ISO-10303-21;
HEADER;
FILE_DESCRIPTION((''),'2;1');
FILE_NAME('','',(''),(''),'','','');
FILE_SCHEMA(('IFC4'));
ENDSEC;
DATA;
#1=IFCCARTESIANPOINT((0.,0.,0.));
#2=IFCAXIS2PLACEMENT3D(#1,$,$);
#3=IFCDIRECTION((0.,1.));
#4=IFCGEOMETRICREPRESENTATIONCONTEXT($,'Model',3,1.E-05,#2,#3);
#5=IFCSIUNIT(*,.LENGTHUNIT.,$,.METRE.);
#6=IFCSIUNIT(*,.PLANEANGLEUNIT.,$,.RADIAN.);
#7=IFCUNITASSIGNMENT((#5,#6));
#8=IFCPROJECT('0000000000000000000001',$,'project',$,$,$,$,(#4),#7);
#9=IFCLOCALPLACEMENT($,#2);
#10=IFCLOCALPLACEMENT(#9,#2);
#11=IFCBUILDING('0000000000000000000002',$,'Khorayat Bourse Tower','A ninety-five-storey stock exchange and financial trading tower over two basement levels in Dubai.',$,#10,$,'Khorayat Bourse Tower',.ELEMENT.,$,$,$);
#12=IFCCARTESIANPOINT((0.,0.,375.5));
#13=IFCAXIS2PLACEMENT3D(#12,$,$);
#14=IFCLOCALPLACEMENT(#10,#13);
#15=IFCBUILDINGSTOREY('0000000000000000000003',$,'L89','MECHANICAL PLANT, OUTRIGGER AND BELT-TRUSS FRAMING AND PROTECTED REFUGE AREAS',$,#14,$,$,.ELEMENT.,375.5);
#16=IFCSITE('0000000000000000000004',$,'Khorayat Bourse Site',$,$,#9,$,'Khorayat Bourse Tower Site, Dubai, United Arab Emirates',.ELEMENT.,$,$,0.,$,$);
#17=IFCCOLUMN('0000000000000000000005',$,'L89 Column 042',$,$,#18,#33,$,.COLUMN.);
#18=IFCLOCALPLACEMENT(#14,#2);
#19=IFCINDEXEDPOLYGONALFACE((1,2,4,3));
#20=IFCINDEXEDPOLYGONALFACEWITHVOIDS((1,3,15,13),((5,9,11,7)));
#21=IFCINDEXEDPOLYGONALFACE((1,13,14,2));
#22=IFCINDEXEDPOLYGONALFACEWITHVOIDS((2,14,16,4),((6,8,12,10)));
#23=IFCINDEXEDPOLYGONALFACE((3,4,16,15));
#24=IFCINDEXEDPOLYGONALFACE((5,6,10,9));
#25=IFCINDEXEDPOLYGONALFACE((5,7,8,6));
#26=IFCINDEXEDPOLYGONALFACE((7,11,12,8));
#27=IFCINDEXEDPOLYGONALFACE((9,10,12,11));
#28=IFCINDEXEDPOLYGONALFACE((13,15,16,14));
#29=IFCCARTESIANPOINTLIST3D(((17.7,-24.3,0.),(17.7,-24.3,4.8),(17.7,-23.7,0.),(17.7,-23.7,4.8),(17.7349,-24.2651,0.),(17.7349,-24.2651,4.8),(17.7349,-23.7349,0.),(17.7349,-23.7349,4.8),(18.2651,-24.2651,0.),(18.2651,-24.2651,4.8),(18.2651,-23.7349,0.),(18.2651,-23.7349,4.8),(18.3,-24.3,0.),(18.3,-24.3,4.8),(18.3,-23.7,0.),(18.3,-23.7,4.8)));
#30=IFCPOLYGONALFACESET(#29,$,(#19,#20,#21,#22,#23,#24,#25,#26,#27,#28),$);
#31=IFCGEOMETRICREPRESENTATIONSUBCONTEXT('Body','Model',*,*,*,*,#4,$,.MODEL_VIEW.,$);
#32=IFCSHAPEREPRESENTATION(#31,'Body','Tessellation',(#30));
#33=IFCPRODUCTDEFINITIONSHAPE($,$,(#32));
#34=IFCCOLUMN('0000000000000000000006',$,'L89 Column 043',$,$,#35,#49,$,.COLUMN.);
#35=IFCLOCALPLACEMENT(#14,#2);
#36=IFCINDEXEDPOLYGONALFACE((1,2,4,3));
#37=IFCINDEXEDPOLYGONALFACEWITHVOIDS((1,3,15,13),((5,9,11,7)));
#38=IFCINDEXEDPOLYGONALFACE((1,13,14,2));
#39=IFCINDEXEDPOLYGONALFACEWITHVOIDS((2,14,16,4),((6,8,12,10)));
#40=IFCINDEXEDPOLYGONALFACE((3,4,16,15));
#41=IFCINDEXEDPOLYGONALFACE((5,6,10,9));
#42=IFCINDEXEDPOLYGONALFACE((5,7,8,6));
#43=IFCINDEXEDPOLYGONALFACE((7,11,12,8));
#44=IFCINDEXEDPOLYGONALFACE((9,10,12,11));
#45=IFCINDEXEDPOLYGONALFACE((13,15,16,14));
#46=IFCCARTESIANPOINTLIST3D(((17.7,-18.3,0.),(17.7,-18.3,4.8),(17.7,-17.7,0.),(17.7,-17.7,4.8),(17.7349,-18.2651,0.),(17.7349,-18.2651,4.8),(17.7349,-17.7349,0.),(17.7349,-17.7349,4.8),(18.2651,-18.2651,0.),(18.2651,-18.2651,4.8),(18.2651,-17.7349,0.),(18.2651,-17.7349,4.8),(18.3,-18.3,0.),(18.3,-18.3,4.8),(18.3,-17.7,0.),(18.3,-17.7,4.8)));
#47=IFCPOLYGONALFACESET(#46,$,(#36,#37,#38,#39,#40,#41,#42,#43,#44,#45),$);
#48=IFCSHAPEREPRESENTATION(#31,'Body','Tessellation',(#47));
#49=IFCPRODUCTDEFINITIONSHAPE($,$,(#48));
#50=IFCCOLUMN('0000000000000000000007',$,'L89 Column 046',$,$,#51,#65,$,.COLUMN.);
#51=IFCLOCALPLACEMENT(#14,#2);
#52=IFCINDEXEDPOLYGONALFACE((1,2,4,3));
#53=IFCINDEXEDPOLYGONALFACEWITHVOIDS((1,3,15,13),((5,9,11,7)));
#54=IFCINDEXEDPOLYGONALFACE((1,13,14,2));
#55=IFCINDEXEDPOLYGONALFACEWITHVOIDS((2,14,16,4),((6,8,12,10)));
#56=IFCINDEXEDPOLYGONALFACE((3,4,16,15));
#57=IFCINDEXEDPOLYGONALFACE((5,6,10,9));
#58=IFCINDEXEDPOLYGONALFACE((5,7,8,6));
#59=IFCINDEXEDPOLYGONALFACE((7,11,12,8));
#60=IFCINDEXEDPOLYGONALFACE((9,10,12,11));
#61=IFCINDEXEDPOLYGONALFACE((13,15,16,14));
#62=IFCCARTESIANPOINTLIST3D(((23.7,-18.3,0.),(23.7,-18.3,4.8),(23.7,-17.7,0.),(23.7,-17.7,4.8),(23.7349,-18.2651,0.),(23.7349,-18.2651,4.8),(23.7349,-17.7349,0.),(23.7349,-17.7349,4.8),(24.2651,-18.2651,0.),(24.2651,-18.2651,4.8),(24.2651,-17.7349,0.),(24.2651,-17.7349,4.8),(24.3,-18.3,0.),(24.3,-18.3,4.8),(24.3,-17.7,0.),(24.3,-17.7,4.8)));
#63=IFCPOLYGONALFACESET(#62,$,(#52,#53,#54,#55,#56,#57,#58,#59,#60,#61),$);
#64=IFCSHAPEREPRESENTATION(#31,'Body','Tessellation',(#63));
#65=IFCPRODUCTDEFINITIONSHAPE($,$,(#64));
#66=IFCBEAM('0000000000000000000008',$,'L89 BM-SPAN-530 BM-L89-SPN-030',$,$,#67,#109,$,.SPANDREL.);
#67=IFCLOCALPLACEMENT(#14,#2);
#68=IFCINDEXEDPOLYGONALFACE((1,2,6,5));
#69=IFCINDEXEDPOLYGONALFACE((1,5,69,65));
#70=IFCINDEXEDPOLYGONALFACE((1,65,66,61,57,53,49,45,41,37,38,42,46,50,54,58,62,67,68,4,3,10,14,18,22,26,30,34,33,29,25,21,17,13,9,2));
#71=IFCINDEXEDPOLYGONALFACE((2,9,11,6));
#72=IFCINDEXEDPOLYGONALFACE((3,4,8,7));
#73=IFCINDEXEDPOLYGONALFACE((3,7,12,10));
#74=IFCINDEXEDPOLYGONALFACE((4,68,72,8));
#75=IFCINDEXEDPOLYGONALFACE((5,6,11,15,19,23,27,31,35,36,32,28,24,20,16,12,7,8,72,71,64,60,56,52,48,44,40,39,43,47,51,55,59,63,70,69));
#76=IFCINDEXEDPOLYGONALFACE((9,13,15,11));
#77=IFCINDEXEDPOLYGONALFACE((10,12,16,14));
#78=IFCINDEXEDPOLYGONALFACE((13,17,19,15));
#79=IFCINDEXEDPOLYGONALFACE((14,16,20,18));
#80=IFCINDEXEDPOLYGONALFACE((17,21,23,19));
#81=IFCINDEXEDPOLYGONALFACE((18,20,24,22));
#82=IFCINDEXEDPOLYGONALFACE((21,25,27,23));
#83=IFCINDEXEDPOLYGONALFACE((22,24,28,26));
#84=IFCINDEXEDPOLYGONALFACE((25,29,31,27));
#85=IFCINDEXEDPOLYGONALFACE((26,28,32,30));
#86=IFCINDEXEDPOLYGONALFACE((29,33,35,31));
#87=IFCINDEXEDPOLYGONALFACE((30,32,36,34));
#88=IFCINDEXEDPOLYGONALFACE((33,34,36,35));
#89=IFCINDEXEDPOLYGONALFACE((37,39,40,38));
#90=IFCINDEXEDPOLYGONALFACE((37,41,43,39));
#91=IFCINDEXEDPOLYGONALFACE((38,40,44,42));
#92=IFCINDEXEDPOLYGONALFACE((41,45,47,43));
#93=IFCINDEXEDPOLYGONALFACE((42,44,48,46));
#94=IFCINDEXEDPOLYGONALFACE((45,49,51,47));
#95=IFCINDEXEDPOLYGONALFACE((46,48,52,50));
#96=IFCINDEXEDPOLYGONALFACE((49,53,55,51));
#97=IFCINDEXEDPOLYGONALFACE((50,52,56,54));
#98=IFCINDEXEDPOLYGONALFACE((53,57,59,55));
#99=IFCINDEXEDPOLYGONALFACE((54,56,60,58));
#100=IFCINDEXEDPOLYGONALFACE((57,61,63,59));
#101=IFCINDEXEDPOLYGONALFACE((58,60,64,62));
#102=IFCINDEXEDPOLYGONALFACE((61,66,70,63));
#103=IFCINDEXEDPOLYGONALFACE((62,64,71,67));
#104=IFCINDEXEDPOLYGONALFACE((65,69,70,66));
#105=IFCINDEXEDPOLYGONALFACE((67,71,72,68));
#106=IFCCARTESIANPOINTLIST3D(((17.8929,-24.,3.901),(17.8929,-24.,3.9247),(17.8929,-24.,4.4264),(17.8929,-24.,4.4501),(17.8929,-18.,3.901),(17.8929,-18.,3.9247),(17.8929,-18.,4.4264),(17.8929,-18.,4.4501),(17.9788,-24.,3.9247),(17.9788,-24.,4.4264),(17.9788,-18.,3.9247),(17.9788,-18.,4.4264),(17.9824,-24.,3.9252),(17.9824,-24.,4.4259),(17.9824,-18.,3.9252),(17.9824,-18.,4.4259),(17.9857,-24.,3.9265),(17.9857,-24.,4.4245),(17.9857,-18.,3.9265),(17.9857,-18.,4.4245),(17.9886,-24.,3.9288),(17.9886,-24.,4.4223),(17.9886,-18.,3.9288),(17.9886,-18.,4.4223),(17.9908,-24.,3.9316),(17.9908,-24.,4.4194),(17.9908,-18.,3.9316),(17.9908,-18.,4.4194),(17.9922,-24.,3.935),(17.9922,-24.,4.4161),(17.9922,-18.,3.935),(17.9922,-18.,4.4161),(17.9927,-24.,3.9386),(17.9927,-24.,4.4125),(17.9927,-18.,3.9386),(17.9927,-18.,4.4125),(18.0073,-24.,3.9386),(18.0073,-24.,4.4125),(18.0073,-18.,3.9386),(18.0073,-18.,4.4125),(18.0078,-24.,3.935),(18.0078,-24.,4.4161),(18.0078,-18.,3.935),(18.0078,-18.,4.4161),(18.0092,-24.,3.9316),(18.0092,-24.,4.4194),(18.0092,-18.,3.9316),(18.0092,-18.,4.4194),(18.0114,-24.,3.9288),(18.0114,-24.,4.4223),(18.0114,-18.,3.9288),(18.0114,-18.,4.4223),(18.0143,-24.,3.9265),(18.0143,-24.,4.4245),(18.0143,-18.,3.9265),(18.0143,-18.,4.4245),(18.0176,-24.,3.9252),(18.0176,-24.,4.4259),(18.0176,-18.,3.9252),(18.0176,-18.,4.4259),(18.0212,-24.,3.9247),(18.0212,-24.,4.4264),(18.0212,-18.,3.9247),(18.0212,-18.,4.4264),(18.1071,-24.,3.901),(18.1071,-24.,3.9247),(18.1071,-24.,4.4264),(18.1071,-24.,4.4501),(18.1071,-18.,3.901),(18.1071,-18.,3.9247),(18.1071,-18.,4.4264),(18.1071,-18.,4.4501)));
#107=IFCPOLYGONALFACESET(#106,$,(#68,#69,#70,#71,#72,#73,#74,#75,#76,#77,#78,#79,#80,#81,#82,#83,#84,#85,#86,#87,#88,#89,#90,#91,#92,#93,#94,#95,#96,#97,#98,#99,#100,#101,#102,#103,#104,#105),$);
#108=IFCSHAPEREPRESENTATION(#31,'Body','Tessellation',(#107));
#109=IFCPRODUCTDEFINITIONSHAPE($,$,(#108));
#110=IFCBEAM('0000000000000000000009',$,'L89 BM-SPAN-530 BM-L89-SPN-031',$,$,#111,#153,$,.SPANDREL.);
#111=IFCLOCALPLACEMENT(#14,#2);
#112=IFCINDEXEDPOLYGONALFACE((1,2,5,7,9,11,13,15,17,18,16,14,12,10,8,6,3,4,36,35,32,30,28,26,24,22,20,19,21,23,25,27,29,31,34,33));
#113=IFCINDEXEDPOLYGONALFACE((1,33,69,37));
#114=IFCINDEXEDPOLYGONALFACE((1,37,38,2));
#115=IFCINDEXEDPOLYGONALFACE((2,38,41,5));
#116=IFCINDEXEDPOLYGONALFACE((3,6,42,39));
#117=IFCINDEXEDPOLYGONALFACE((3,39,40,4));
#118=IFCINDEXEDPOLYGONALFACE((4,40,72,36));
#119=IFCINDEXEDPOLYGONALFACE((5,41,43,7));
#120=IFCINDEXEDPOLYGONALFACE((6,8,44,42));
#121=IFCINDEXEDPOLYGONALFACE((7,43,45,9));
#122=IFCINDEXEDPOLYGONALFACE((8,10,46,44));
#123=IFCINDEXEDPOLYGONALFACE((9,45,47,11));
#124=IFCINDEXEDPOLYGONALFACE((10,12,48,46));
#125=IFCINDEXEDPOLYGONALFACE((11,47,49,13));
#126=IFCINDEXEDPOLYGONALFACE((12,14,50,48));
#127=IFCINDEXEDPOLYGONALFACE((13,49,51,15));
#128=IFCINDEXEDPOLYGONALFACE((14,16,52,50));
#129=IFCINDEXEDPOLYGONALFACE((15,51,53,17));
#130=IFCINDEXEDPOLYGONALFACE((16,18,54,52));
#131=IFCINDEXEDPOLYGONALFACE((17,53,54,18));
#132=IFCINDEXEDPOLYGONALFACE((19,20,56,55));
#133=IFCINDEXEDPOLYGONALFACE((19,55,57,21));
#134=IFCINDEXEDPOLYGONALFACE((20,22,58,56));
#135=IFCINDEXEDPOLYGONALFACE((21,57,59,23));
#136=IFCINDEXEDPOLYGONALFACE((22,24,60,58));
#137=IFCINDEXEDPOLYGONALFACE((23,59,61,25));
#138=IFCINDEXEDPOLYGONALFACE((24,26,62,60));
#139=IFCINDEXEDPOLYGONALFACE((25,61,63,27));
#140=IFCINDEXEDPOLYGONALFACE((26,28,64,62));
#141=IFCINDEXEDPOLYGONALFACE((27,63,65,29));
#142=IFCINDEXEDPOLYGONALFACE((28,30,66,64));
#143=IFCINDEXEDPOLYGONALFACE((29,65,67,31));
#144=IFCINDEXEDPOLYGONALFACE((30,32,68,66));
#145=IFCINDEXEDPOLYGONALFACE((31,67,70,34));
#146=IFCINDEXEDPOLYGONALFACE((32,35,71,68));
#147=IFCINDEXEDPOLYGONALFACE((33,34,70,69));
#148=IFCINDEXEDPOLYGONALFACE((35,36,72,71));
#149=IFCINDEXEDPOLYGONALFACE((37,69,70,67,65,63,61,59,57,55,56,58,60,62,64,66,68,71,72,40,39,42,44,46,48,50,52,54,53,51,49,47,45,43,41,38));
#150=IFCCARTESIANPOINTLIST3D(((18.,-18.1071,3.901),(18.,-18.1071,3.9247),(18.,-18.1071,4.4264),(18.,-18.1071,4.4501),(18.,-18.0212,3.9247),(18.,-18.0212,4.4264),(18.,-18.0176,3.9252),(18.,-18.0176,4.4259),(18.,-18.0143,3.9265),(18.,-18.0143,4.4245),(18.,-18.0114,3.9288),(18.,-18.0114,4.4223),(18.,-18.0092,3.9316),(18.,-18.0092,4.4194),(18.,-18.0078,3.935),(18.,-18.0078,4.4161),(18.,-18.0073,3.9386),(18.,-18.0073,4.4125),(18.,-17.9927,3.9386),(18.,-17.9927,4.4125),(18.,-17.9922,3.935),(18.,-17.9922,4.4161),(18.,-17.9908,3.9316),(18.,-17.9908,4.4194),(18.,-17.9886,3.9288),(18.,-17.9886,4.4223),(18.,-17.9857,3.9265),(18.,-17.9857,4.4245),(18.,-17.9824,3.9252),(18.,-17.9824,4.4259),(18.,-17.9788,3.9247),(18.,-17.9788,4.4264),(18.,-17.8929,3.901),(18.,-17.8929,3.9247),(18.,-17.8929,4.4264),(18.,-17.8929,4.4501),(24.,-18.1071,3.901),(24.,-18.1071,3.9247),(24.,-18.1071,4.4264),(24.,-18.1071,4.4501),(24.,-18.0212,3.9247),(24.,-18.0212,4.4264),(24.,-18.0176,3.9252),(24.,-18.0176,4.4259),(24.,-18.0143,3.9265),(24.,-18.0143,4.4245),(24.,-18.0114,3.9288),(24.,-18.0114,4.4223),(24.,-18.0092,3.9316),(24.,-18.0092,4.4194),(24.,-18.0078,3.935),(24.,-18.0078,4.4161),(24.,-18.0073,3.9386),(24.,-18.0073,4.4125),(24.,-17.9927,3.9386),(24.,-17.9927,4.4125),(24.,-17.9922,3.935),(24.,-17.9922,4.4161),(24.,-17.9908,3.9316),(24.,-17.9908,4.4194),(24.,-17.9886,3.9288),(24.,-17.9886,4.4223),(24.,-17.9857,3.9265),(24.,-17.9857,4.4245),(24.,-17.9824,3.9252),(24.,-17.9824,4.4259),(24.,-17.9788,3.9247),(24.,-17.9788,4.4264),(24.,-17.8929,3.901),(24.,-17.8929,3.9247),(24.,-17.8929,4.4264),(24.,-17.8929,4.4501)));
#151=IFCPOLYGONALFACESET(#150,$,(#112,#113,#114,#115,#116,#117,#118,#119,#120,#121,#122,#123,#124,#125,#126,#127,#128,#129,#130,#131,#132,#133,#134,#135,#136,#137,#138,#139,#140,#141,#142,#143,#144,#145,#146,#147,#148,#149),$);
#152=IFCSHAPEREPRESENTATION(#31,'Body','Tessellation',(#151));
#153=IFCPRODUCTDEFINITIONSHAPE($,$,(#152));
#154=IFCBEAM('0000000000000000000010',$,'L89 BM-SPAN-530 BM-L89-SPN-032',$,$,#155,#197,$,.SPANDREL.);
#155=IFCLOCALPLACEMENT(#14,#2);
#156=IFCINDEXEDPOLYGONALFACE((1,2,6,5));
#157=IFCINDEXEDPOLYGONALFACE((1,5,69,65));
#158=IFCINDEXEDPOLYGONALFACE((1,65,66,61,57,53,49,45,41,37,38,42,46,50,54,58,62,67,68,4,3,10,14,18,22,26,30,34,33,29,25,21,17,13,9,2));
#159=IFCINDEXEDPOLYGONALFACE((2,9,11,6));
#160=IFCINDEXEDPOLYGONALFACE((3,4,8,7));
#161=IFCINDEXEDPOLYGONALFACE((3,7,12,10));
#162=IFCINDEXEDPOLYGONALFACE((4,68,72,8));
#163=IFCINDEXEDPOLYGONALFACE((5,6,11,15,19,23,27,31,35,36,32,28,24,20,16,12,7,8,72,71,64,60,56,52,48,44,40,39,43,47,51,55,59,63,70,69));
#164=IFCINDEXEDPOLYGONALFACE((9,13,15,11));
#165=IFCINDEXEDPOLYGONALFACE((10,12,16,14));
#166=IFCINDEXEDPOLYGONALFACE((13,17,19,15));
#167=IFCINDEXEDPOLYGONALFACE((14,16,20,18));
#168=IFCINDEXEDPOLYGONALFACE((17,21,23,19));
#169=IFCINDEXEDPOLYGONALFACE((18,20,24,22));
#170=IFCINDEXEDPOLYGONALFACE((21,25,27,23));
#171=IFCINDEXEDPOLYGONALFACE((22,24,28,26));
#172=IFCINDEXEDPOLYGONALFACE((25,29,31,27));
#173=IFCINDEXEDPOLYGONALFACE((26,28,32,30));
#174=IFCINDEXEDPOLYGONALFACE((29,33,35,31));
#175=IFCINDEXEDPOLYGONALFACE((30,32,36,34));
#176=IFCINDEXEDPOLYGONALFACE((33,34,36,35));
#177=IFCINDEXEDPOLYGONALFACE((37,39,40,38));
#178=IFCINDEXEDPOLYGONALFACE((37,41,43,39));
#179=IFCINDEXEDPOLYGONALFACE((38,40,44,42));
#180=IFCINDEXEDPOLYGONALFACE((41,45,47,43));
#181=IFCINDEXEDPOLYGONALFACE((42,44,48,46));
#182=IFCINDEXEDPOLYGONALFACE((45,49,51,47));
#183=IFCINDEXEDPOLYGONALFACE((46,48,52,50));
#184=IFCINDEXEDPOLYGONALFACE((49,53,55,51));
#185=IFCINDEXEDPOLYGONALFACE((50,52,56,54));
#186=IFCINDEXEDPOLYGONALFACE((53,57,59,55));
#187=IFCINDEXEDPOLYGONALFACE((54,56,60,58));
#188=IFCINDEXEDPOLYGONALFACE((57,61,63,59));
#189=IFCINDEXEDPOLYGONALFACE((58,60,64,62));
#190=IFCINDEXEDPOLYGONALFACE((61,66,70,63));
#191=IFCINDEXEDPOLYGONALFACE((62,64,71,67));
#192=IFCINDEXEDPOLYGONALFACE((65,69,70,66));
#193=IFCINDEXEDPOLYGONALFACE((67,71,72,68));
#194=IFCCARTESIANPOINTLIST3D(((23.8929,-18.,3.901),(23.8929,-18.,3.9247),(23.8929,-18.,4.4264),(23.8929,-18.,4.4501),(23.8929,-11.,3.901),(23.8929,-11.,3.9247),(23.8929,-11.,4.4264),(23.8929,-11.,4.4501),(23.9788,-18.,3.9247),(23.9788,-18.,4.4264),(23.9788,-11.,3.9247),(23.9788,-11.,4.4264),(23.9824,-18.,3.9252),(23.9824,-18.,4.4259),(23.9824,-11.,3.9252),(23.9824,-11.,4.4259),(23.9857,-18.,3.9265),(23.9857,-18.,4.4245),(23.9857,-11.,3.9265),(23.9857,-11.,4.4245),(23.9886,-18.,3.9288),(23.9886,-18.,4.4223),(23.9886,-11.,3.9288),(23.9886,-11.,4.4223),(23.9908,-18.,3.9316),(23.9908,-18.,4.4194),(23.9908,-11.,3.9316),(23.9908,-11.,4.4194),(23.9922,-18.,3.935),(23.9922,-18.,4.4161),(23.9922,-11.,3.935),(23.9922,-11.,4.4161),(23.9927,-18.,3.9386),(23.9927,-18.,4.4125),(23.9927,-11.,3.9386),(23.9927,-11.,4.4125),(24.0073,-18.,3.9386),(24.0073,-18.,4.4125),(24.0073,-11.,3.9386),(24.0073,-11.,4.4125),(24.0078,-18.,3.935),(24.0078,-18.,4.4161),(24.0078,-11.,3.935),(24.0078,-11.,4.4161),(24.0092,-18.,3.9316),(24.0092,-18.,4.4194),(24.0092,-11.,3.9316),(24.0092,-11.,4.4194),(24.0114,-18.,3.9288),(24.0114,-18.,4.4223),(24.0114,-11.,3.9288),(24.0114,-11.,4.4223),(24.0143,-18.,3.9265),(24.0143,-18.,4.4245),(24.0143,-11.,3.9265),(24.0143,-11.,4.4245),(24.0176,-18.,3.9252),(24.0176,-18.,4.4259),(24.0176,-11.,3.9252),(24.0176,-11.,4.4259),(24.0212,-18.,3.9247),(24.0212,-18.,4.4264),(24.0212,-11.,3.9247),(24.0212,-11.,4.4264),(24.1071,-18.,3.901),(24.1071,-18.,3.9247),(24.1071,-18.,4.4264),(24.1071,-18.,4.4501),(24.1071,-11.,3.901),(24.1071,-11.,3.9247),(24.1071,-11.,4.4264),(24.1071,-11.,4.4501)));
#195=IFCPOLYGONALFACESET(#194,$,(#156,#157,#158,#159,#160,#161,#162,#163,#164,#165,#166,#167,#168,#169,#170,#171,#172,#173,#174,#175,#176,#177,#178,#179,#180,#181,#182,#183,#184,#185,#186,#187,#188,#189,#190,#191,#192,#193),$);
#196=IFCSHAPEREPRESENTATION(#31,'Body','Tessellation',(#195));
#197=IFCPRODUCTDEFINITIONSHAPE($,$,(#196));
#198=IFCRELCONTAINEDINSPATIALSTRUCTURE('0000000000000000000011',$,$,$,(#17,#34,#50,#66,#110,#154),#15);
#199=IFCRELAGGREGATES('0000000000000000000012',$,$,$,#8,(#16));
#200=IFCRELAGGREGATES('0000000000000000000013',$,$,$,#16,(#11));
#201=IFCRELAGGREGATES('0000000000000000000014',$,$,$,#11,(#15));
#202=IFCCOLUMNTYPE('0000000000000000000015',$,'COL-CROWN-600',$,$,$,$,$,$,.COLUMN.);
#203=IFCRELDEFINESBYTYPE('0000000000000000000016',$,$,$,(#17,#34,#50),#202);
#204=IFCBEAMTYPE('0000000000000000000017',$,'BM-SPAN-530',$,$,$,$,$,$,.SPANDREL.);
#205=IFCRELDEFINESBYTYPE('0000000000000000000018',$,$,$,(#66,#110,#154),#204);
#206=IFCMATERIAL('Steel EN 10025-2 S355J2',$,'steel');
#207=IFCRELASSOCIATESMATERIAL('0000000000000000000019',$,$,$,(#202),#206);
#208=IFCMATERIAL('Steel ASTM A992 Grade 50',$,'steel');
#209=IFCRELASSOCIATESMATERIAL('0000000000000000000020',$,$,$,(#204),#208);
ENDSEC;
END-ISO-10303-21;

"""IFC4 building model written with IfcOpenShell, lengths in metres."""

from ifc_helpers import new_model, si_unit, direction, frame, origin, origin_2d, place, context, subcontext, project, spatial, hollow_rectangle, i_section, extrude, source, transform, mapped, material, material_profile, profile_set, type_object, element, save


model = new_model("IFC4")

# Units and contexts
model_context = context("Model", 3, precision=1e-05, world=origin(), true_north=direction((0.0, 1.0)))
body_context = subcontext(model_context, "Body", "Model", "MODEL_VIEW")
ifc_project = project(units=[si_unit("LENGTHUNIT", "METRE"), si_unit("PLANEANGLEUNIT", "RADIAN")], contexts=[model_context])

# Site, building, storey
site_placement = place(None, origin())
site = spatial("IfcSite", under=ifc_project, at=site_placement, Name="Khorayat Bourse Site", LongName="Khorayat Bourse Tower Site, Dubai, United Arab Emirates", CompositionType="ELEMENT", RefElevation=0.0)
building_placement = place(site_placement, origin())
building = spatial("IfcBuilding", under=site, at=building_placement, Name="Khorayat Bourse Tower", Description="A ninety-five-storey stock exchange and financial trading tower over two basement levels in Dubai.", LongName="Khorayat Bourse Tower", CompositionType="ELEMENT")
storey_placement = place(building_placement, frame((0.0, 0.0, 375.5)))
storey = spatial("IfcBuildingStorey", under=building, at=storey_placement, Name="L89", Description="MECHANICAL PLANT, OUTRIGGER AND BELT-TRUSS FRAMING AND PROTECTED REFUGE AREAS", CompositionType="ELEMENT", Elevation=375.5)

# Columns
ifc_material_1 = material(Name="Steel EN 10025-2 S355J2", Category="steel")
ifc_material_profile_1 = material_profile(ifc_material_1, hollow_rectangle(XDim=0.6001, YDim=0.6001, WallThickness=0.0349, at=origin_2d()), Name="BOX 600x600x35")
ifc_profile_set_1 = profile_set([ifc_material_profile_1], Name="Steel EN 10025-2 S355J2")
column_type = type_object("IfcColumnType", Name="COL-CROWN-600", PredefinedType="COLUMN", material=ifc_profile_set_1)
shared_shape_1 = source(origin(), body_context, "Body", "SweptSolid", [
    extrude(hollow_rectangle(XDim=0.6001, YDim=0.6001, WallThickness=0.0349, at=origin_2d()), origin(), (0.0, 0.0, 1.0), 4.8),
])
for number, where, z_axis, x_axis, name in (
    (1, (18.0, -24.0, 0.0), (0.0, 0.0, 1.0), (1.0, 0.0, 0.0), "L89 Column 042"),
    (2, (18.0, -18.0, 0.0), (0.0, 0.0, 1.0), (1.0, 0.0, 0.0), "L89 Column 043"),
    (3, (24.0, -18.0, 0.0), (0.0, 0.0, 1.0), (1.0, 0.0, 0.0), "L89 Column 046"),
):
    element("IfcColumn", number, at=place(storey_placement, frame(where, z_axis=z_axis, x_axis=x_axis)), inside=storey, type_object=column_type, Name=name, PredefinedType="COLUMN", context=body_context, shape_type="MappedRepresentation", body=[
        mapped(shared_shape_1, transform((0.0, 0.0, 0.0), scale=1.0)),
    ])

# Beams
ifc_material_2 = material(Name="Steel ASTM A992 Grade 50", Category="steel")
ifc_material_profile_2 = material_profile(ifc_material_2, i_section(OverallWidth=0.2141, OverallDepth=0.5491, WebThickness=0.0146, FlangeThickness=0.0237, FilletRadius=0.0139, at=origin_2d()), Name="W530X138")
ifc_profile_set_2 = profile_set([ifc_material_profile_2], Name="Steel ASTM A992 Grade 50")
beam_type_1 = type_object("IfcBeamType", Name="BM-SPAN-530", PredefinedType="SPANDREL", material=ifc_profile_set_2)
shared_shape_2 = source(origin(), body_context, "Body", "SweptSolid", [
    extrude(i_section(OverallWidth=0.2141, OverallDepth=0.5491, WebThickness=0.0146, FlangeThickness=0.0237, FilletRadius=0.0139, at=origin_2d()), origin(), (0.0, 0.0, 1.0), 6.0),
])
for number, where, z_axis, x_axis, name in (
    (4, (18.0, -24.0, 4.1755), (0.0, 1.0, 0.0), (-1.0, 0.0, 0.0), "L89 BM-SPAN-530 BM-L89-SPN-030"),
    (5, (18.0, -18.0, 4.1755), (1.0, 0.0, 0.0), (0.0, 1.0, 0.0), "L89 BM-SPAN-530 BM-L89-SPN-031"),
):
    element("IfcBeam", number, at=place(storey_placement, frame(where, z_axis=z_axis, x_axis=x_axis)), inside=storey, type_object=beam_type_1, Name=name, PredefinedType="SPANDREL", context=body_context, shape_type="MappedRepresentation", body=[
        mapped(shared_shape_2, transform((0.0, 0.0, 0.0), scale=1.0)),
    ])
shared_shape_3 = source(origin(), body_context, "Body", "SweptSolid", [
    extrude(i_section(OverallWidth=0.2141, OverallDepth=0.5491, WebThickness=0.0146, FlangeThickness=0.0237, FilletRadius=0.0139, at=origin_2d()), origin(), (0.0, 0.0, 1.0), 7.0),
])
beam_1_placement = place(storey_placement, frame((24.0, -18.0, 4.1755), z_axis=(0.0, 1.0, 0.0), x_axis=(-1.0, 0.0, 0.0)))
element("IfcBeam", 6, at=beam_1_placement, inside=storey, type_object=beam_type_1, Name="L89 BM-SPAN-530 BM-L89-SPN-032", PredefinedType="SPANDREL", context=body_context, shape_type="MappedRepresentation", body=[
    mapped(shared_shape_3, transform((0.0, 0.0, 0.0), scale=1.0)),
])

save(model, "model.ifc")
